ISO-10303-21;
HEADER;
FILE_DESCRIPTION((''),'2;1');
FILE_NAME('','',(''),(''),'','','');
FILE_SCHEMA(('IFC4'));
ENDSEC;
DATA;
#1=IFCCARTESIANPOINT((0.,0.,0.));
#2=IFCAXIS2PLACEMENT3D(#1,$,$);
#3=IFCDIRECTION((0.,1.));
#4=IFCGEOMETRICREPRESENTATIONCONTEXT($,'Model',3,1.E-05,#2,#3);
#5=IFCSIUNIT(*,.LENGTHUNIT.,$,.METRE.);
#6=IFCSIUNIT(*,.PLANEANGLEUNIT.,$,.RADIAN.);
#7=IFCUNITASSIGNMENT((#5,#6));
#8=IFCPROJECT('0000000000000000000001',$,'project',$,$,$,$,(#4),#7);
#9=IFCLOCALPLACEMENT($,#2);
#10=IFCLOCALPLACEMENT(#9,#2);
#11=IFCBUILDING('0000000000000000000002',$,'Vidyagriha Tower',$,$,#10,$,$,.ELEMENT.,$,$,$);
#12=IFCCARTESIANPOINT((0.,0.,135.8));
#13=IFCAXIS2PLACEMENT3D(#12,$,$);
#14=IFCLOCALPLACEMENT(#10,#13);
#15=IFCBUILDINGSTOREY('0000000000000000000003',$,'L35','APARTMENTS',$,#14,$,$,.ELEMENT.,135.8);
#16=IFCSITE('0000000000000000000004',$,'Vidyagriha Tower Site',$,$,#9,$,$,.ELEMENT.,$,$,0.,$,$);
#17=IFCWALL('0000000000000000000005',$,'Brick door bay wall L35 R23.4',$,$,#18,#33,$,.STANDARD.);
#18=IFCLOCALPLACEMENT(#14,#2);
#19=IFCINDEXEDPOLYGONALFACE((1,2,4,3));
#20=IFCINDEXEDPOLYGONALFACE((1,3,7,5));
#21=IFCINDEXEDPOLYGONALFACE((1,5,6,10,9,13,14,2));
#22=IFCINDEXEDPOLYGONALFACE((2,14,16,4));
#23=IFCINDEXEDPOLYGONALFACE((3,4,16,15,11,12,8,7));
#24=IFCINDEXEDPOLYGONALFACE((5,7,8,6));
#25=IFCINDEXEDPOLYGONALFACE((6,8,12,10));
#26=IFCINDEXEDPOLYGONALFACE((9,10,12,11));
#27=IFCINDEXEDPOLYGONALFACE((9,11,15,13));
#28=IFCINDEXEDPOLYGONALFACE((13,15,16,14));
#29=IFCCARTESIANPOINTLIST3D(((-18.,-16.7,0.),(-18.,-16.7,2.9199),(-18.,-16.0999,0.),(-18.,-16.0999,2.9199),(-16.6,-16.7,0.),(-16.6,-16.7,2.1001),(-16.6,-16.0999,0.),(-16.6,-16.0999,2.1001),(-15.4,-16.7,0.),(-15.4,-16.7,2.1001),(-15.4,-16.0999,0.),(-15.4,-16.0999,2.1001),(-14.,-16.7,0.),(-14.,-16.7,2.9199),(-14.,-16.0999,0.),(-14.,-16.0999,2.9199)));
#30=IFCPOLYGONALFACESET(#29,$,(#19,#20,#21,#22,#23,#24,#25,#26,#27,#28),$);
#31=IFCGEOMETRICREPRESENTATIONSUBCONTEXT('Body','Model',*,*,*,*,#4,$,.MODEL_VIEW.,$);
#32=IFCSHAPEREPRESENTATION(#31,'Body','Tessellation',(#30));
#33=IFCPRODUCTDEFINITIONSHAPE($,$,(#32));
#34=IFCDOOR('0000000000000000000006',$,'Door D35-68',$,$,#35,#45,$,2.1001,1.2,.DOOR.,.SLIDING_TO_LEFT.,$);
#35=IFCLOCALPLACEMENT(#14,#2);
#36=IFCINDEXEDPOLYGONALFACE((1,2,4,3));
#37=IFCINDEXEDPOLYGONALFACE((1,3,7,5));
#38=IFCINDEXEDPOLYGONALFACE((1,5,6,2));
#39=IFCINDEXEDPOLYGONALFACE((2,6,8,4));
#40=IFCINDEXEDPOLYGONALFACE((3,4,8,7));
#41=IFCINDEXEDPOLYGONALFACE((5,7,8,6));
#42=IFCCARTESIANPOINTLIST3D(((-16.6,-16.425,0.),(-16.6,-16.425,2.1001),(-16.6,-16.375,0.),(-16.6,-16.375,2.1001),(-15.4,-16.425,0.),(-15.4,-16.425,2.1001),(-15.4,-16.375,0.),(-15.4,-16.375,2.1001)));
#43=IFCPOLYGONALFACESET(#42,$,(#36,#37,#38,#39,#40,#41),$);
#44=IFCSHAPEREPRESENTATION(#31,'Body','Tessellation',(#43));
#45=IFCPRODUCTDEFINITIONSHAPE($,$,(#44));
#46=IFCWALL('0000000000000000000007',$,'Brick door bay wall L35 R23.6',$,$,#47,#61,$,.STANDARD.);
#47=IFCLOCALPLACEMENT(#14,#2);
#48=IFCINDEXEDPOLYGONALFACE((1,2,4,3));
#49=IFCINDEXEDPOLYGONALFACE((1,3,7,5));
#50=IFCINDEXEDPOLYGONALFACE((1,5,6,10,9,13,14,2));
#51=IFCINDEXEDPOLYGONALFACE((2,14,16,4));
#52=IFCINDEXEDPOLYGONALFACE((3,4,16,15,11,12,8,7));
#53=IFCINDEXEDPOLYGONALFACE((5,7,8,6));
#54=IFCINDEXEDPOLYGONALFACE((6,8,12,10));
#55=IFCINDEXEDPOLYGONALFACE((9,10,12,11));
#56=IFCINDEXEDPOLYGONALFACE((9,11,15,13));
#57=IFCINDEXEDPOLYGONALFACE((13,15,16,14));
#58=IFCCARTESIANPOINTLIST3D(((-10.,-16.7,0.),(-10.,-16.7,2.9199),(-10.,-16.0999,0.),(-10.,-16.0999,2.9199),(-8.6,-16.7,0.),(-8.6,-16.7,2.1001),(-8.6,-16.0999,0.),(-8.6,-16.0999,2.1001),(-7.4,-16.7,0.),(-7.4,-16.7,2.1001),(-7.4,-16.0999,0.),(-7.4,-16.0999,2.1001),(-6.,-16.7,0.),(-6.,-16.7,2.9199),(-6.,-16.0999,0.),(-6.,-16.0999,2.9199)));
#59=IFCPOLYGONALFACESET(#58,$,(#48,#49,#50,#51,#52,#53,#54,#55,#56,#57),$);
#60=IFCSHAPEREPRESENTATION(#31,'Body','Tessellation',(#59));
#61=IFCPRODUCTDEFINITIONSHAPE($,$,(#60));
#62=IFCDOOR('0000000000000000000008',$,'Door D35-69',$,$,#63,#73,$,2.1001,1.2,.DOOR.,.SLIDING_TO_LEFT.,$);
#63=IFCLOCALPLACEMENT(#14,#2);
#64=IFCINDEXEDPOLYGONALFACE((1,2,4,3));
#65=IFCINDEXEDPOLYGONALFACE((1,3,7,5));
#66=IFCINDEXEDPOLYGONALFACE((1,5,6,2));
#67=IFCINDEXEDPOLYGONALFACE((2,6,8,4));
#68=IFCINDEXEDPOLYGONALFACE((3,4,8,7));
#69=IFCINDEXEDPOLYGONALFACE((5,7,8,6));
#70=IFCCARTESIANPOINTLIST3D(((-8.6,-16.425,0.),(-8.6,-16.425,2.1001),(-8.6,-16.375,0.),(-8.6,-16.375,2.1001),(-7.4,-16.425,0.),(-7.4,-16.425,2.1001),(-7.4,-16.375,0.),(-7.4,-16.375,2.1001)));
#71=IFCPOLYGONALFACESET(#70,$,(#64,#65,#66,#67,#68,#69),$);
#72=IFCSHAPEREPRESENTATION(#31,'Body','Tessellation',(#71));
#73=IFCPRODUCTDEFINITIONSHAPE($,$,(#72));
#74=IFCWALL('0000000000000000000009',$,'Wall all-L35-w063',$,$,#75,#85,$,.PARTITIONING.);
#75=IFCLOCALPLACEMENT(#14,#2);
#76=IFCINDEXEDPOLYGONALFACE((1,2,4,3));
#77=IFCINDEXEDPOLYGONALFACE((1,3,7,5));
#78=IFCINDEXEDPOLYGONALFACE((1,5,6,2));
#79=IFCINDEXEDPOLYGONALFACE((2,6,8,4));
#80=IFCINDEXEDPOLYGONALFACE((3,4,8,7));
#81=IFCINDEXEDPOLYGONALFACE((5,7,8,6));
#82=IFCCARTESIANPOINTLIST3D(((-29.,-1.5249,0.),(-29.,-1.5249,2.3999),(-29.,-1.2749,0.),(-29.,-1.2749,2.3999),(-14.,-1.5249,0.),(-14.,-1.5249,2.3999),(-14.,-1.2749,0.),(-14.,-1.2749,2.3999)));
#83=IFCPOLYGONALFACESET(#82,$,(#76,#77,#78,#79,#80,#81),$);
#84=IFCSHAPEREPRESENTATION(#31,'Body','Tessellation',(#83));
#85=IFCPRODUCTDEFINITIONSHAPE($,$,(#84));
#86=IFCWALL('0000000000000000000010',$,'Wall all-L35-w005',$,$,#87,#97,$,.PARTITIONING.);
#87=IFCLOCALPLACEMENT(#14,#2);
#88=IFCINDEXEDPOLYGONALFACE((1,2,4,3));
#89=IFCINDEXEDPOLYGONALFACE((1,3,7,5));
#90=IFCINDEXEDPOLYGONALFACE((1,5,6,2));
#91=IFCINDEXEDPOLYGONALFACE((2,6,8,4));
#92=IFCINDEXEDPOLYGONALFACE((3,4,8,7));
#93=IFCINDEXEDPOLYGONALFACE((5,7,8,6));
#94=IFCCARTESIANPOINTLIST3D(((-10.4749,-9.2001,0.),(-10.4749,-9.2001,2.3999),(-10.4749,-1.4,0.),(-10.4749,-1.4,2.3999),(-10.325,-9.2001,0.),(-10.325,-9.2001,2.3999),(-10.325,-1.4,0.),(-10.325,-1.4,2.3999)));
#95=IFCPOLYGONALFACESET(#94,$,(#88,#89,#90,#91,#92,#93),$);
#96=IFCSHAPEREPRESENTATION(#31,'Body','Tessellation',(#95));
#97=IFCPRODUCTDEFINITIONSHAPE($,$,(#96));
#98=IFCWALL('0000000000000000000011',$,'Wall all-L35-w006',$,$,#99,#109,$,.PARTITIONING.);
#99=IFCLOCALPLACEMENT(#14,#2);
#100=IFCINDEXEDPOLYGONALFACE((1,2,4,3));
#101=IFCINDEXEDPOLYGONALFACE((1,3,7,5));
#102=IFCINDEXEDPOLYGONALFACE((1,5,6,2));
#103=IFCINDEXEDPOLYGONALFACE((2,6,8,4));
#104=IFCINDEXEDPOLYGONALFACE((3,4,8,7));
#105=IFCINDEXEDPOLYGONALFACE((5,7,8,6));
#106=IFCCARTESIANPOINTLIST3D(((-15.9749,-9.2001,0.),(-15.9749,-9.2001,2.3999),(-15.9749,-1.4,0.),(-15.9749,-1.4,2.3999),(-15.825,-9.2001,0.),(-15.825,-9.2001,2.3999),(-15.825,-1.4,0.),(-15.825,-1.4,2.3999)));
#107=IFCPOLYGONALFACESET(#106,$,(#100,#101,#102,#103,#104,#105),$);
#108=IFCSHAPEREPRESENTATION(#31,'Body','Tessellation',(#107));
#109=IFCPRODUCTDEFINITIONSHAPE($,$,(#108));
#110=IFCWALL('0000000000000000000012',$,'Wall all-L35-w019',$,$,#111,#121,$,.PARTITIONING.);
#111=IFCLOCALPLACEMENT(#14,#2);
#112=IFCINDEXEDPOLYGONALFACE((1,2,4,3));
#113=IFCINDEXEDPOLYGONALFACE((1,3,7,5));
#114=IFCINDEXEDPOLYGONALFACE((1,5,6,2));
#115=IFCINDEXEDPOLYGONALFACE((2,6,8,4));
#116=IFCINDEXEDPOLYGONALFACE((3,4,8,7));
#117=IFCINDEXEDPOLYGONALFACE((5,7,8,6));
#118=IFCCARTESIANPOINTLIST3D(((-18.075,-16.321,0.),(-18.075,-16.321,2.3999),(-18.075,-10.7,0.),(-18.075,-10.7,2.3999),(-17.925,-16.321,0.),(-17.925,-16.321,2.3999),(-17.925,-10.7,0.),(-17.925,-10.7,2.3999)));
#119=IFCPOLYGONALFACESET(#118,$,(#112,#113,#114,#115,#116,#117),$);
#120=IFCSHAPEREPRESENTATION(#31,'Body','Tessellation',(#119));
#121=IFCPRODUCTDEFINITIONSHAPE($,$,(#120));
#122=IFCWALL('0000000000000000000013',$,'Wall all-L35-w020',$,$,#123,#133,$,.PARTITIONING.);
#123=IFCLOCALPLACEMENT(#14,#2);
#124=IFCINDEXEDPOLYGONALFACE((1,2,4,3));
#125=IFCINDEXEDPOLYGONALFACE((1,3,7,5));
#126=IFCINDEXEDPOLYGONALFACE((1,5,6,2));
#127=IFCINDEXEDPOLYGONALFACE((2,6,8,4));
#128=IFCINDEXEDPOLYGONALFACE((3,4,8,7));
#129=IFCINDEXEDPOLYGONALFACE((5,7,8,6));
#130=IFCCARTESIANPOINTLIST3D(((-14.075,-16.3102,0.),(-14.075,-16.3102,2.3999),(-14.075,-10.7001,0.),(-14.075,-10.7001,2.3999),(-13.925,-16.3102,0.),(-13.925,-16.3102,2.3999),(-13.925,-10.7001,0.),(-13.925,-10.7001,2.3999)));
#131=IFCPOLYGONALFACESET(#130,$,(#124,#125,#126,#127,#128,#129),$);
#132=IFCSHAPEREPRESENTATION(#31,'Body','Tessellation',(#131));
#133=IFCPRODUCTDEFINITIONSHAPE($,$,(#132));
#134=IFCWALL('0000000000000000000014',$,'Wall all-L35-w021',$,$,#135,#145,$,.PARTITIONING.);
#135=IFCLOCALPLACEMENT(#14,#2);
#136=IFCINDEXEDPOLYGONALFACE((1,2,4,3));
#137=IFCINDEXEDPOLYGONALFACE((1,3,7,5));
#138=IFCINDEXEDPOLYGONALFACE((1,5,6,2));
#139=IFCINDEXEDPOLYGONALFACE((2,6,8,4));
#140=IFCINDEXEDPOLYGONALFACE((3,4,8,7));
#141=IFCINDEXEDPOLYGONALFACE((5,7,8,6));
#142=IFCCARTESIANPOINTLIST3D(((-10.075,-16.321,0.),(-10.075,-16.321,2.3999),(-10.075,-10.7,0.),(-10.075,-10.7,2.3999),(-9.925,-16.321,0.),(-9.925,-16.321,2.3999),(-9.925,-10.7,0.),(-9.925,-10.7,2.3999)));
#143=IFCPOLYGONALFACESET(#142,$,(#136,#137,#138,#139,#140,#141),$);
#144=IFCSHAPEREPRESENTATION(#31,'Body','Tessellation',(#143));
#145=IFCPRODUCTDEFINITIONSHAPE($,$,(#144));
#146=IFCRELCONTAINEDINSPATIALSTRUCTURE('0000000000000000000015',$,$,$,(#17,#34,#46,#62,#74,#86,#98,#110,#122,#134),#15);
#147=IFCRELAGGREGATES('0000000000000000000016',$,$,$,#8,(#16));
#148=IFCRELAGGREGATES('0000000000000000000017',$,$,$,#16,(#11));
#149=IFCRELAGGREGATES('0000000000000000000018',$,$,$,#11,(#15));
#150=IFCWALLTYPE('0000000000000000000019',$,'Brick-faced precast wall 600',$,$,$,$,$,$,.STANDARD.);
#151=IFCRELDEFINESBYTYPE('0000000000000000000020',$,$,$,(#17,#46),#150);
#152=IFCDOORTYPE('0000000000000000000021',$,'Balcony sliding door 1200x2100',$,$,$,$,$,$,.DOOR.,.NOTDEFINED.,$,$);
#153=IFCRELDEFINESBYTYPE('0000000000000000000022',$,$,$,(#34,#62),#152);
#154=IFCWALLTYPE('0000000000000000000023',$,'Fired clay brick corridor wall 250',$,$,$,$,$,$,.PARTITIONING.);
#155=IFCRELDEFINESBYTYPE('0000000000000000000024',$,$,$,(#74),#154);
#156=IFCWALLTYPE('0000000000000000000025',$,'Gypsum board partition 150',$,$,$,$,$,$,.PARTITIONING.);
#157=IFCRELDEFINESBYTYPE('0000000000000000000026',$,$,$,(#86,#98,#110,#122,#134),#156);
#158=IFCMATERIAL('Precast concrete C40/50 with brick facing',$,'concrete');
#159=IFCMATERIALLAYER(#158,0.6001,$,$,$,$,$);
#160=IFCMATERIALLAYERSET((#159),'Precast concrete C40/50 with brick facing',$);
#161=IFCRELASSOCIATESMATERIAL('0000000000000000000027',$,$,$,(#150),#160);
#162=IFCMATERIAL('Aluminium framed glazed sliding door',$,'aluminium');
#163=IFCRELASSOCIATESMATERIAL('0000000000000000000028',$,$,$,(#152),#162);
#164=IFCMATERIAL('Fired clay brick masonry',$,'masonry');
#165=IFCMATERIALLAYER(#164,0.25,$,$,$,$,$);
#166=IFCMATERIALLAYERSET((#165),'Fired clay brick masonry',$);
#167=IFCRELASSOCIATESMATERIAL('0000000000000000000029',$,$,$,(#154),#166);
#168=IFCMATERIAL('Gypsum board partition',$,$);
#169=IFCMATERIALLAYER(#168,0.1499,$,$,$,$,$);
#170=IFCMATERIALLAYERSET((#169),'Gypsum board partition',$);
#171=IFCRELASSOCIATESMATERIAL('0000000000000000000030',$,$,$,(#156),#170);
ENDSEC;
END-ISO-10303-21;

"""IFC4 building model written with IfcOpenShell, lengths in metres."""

from ifc_helpers import new_model, si_unit, direction, frame, frame_2d, origin, place, context, subcontext, project, spatial, rectangle, extrude, material, layer, layer_set, type_object, element, fill, save


model = new_model("IFC4")

# Units and contexts
model_context = context("Model", 3, precision=1e-05, world=origin(), true_north=direction((0.0, 1.0)))
body_context = subcontext(model_context, "Body", "Model", "MODEL_VIEW")
ifc_project = project(units=[si_unit("LENGTHUNIT", "METRE"), si_unit("PLANEANGLEUNIT", "RADIAN")], contexts=[model_context])

# Site, building, storey
site_placement = place(None, origin())
site = spatial("IfcSite", under=ifc_project, at=site_placement, Name="Vidyagriha Tower Site", CompositionType="ELEMENT", RefElevation=0.0)
building_placement = place(site_placement, origin())
building = spatial("IfcBuilding", under=site, at=building_placement, Name="Vidyagriha Tower", CompositionType="ELEMENT")
storey_placement = place(building_placement, frame((0.0, 0.0, 135.8)))
storey = spatial("IfcBuildingStorey", under=building, at=storey_placement, Name="L35", Description="APARTMENTS", CompositionType="ELEMENT", Elevation=135.8)

# Walls, openings, doors
ifc_material_1 = material(Name="Precast concrete C40/50 with brick facing", Category="concrete")
ifc_layer_1 = layer(ifc_material_1, 0.6001)
ifc_layer_set_1 = layer_set([ifc_layer_1], Name="Precast concrete C40/50 with brick facing")
wall_type_1 = type_object("IfcWallType", Name="Brick-faced precast wall 600", PredefinedType="STANDARD", material=ifc_layer_set_1)
wall_1_placement = place(storey_placement, frame((-18.0, -16.3999, 0.0)))
wall_1 = element("IfcWall", 1, at=wall_1_placement, inside=storey, type_object=wall_type_1, Name="Brick door bay wall L35 R23.4", PredefinedType="STANDARD", context=body_context, shape_type="SweptSolid", body=[
    extrude(rectangle(XDim=4.0, YDim=0.6001, at=frame_2d((2.0, 0.0))), origin(), (0.0, 0.0, 1.0), 2.9199),
])
opening_1_placement = place(wall_1_placement, frame((1.3999, 0.0, 0.0)))
opening_1 = element("IfcOpeningElement", 2, at=opening_1_placement, cuts=wall_1, PredefinedType="OPENING", context=body_context, shape_type="SweptSolid", body=[
    extrude(rectangle(XDim=1.2, YDim=2.1001, at=frame_2d((0.6001, 1.05))), frame((0.0, 0.3101, 0.0), z_axis=(0.0, -1.0, 0.0), x_axis=(1.0, 0.0, 0.0)), (0.0, 0.0, 1.0), 0.6201),
])
ifc_material_2 = material(Name="Aluminium framed glazed sliding door", Category="aluminium")
door_type = type_object("IfcDoorType", Name="Balcony sliding door 1200x2100", OperationType="NOTDEFINED", PredefinedType="DOOR", material=ifc_material_2)
door_1_placement = place(opening_1_placement, origin())
door_1 = element("IfcDoor", 3, at=door_1_placement, inside=storey, type_object=door_type, Name="Door D35-68", OperationType="SLIDING_TO_LEFT", OverallHeight=2.1001, OverallWidth=1.2, PredefinedType="DOOR", context=body_context, shape_type="SweptSolid", body=[
    extrude(rectangle(XDim=1.2, YDim=2.1001, at=frame_2d((0.6001, 1.05))), frame((0.0, 0.0249, 0.0), z_axis=(0.0, -1.0, 0.0), x_axis=(1.0, 0.0, 0.0)), (0.0, 0.0, 1.0), 0.05),
])
fill(opening_1, door_1)
wall_2_placement = place(storey_placement, frame((-10.0, -16.3999, 0.0)))
wall_2 = element("IfcWall", 4, at=wall_2_placement, inside=storey, type_object=wall_type_1, Name="Brick door bay wall L35 R23.6", PredefinedType="STANDARD", context=body_context, shape_type="SweptSolid", body=[
    extrude(rectangle(XDim=4.0, YDim=0.6001, at=frame_2d((2.0, 0.0))), origin(), (0.0, 0.0, 1.0), 2.9199),
])
opening_2_placement = place(wall_2_placement, frame((1.3999, 0.0, 0.0)))
opening_2 = element("IfcOpeningElement", 5, at=opening_2_placement, cuts=wall_2, PredefinedType="OPENING", context=body_context, shape_type="SweptSolid", body=[
    extrude(rectangle(XDim=1.2, YDim=2.1001, at=frame_2d((0.6001, 1.05))), frame((0.0, 0.3101, 0.0), z_axis=(0.0, -1.0, 0.0), x_axis=(1.0, 0.0, 0.0)), (0.0, 0.0, 1.0), 0.6201),
])
door_2_placement = place(opening_2_placement, origin())
door_2 = element("IfcDoor", 6, at=door_2_placement, inside=storey, type_object=door_type, Name="Door D35-69", OperationType="SLIDING_TO_LEFT", OverallHeight=2.1001, OverallWidth=1.2, PredefinedType="DOOR", context=body_context, shape_type="SweptSolid", body=[
    extrude(rectangle(XDim=1.2, YDim=2.1001, at=frame_2d((0.6001, 1.05))), frame((0.0, 0.0249, 0.0), z_axis=(0.0, -1.0, 0.0), x_axis=(1.0, 0.0, 0.0)), (0.0, 0.0, 1.0), 0.05),
])
fill(opening_2, door_2)

# Walls
ifc_material_3 = material(Name="Fired clay brick masonry", Category="masonry")
ifc_layer_2 = layer(ifc_material_3, 0.25)
ifc_layer_set_2 = layer_set([ifc_layer_2], Name="Fired clay brick masonry")
wall_type_2 = type_object("IfcWallType", Name="Fired clay brick corridor wall 250", PredefinedType="PARTITIONING", material=ifc_layer_set_2)
wall_3_placement = place(storey_placement, frame((-14.0, -1.3999, 0.0), z_axis=(0.0, 0.0, 1.0), x_axis=(-1.0, 0.0, 0.0)))
element("IfcWall", 7, at=wall_3_placement, inside=storey, type_object=wall_type_2, Name="Wall all-L35-w063", PredefinedType="PARTITIONING", context=body_context, shape_type="SweptSolid", body=[
    extrude(rectangle(XDim=15.0, YDim=0.25, at=frame_2d((7.5, 0.0))), origin(), (0.0, 0.0, 1.0), 2.3999),
])
ifc_material_4 = material(Name="Gypsum board partition")
ifc_layer_3 = layer(ifc_material_4, 0.1499)
ifc_layer_set_3 = layer_set([ifc_layer_3], Name="Gypsum board partition")
wall_type_3 = type_object("IfcWallType", Name="Gypsum board partition 150", PredefinedType="PARTITIONING", material=ifc_layer_set_3)
for number, where, z_axis, x_axis, name in (
    (8, (-10.3999, -9.2, 0.0), (0.0, 0.0, 1.0), (0.0, 1.0, 0.0), "Wall all-L35-w005"),
    (9, (-15.8999, -9.2, 0.0), (0.0, 0.0, 1.0), (0.0, 1.0, 0.0), "Wall all-L35-w006"),
):
    element("IfcWall", number, at=place(storey_placement, frame(where, z_axis=z_axis, x_axis=x_axis)), inside=storey, type_object=wall_type_3, Name=name, PredefinedType="PARTITIONING", context=body_context, shape_type="SweptSolid", body=[
        extrude(rectangle(XDim=7.8, YDim=0.1499, at=frame_2d((3.8999, 0.0))), origin(), (0.0, 0.0, 1.0), 2.3999),
    ])
wall_4_placement = place(storey_placement, frame((-18.0, -10.7, 0.0), z_axis=(0.0, 0.0, 1.0), x_axis=(0.0, -1.0, 0.0)))
element("IfcWall", 10, at=wall_4_placement, inside=storey, type_object=wall_type_3, Name="Wall all-L35-w019", PredefinedType="PARTITIONING", context=body_context, shape_type="SweptSolid", body=[
    extrude(rectangle(XDim=5.6211, YDim=0.1499, at=frame_2d((2.8105, 0.0))), origin(), (0.0, 0.0, 1.0), 2.3999),
])
wall_5_placement = place(storey_placement, frame((-14.0, -10.7, 0.0), z_axis=(0.0, 0.0, 1.0), x_axis=(0.0, -1.0, 0.0)))
element("IfcWall", 11, at=wall_5_placement, inside=storey, type_object=wall_type_3, Name="Wall all-L35-w020", PredefinedType="PARTITIONING", context=body_context, shape_type="SweptSolid", body=[
    extrude(rectangle(XDim=5.6101, YDim=0.1499, at=frame_2d((2.8052, 0.0))), origin(), (0.0, 0.0, 1.0), 2.3999),
])
wall_6_placement = place(storey_placement, frame((-10.0, -10.7, 0.0), z_axis=(0.0, 0.0, 1.0), x_axis=(0.0, -1.0, 0.0)))
element("IfcWall", 12, at=wall_6_placement, inside=storey, type_object=wall_type_3, Name="Wall all-L35-w021", PredefinedType="PARTITIONING", context=body_context, shape_type="SweptSolid", body=[
    extrude(rectangle(XDim=5.6211, YDim=0.1499, at=frame_2d((2.8105, 0.0))), origin(), (0.0, 0.0, 1.0), 2.3999),
])

save(model, "model.ifc")
